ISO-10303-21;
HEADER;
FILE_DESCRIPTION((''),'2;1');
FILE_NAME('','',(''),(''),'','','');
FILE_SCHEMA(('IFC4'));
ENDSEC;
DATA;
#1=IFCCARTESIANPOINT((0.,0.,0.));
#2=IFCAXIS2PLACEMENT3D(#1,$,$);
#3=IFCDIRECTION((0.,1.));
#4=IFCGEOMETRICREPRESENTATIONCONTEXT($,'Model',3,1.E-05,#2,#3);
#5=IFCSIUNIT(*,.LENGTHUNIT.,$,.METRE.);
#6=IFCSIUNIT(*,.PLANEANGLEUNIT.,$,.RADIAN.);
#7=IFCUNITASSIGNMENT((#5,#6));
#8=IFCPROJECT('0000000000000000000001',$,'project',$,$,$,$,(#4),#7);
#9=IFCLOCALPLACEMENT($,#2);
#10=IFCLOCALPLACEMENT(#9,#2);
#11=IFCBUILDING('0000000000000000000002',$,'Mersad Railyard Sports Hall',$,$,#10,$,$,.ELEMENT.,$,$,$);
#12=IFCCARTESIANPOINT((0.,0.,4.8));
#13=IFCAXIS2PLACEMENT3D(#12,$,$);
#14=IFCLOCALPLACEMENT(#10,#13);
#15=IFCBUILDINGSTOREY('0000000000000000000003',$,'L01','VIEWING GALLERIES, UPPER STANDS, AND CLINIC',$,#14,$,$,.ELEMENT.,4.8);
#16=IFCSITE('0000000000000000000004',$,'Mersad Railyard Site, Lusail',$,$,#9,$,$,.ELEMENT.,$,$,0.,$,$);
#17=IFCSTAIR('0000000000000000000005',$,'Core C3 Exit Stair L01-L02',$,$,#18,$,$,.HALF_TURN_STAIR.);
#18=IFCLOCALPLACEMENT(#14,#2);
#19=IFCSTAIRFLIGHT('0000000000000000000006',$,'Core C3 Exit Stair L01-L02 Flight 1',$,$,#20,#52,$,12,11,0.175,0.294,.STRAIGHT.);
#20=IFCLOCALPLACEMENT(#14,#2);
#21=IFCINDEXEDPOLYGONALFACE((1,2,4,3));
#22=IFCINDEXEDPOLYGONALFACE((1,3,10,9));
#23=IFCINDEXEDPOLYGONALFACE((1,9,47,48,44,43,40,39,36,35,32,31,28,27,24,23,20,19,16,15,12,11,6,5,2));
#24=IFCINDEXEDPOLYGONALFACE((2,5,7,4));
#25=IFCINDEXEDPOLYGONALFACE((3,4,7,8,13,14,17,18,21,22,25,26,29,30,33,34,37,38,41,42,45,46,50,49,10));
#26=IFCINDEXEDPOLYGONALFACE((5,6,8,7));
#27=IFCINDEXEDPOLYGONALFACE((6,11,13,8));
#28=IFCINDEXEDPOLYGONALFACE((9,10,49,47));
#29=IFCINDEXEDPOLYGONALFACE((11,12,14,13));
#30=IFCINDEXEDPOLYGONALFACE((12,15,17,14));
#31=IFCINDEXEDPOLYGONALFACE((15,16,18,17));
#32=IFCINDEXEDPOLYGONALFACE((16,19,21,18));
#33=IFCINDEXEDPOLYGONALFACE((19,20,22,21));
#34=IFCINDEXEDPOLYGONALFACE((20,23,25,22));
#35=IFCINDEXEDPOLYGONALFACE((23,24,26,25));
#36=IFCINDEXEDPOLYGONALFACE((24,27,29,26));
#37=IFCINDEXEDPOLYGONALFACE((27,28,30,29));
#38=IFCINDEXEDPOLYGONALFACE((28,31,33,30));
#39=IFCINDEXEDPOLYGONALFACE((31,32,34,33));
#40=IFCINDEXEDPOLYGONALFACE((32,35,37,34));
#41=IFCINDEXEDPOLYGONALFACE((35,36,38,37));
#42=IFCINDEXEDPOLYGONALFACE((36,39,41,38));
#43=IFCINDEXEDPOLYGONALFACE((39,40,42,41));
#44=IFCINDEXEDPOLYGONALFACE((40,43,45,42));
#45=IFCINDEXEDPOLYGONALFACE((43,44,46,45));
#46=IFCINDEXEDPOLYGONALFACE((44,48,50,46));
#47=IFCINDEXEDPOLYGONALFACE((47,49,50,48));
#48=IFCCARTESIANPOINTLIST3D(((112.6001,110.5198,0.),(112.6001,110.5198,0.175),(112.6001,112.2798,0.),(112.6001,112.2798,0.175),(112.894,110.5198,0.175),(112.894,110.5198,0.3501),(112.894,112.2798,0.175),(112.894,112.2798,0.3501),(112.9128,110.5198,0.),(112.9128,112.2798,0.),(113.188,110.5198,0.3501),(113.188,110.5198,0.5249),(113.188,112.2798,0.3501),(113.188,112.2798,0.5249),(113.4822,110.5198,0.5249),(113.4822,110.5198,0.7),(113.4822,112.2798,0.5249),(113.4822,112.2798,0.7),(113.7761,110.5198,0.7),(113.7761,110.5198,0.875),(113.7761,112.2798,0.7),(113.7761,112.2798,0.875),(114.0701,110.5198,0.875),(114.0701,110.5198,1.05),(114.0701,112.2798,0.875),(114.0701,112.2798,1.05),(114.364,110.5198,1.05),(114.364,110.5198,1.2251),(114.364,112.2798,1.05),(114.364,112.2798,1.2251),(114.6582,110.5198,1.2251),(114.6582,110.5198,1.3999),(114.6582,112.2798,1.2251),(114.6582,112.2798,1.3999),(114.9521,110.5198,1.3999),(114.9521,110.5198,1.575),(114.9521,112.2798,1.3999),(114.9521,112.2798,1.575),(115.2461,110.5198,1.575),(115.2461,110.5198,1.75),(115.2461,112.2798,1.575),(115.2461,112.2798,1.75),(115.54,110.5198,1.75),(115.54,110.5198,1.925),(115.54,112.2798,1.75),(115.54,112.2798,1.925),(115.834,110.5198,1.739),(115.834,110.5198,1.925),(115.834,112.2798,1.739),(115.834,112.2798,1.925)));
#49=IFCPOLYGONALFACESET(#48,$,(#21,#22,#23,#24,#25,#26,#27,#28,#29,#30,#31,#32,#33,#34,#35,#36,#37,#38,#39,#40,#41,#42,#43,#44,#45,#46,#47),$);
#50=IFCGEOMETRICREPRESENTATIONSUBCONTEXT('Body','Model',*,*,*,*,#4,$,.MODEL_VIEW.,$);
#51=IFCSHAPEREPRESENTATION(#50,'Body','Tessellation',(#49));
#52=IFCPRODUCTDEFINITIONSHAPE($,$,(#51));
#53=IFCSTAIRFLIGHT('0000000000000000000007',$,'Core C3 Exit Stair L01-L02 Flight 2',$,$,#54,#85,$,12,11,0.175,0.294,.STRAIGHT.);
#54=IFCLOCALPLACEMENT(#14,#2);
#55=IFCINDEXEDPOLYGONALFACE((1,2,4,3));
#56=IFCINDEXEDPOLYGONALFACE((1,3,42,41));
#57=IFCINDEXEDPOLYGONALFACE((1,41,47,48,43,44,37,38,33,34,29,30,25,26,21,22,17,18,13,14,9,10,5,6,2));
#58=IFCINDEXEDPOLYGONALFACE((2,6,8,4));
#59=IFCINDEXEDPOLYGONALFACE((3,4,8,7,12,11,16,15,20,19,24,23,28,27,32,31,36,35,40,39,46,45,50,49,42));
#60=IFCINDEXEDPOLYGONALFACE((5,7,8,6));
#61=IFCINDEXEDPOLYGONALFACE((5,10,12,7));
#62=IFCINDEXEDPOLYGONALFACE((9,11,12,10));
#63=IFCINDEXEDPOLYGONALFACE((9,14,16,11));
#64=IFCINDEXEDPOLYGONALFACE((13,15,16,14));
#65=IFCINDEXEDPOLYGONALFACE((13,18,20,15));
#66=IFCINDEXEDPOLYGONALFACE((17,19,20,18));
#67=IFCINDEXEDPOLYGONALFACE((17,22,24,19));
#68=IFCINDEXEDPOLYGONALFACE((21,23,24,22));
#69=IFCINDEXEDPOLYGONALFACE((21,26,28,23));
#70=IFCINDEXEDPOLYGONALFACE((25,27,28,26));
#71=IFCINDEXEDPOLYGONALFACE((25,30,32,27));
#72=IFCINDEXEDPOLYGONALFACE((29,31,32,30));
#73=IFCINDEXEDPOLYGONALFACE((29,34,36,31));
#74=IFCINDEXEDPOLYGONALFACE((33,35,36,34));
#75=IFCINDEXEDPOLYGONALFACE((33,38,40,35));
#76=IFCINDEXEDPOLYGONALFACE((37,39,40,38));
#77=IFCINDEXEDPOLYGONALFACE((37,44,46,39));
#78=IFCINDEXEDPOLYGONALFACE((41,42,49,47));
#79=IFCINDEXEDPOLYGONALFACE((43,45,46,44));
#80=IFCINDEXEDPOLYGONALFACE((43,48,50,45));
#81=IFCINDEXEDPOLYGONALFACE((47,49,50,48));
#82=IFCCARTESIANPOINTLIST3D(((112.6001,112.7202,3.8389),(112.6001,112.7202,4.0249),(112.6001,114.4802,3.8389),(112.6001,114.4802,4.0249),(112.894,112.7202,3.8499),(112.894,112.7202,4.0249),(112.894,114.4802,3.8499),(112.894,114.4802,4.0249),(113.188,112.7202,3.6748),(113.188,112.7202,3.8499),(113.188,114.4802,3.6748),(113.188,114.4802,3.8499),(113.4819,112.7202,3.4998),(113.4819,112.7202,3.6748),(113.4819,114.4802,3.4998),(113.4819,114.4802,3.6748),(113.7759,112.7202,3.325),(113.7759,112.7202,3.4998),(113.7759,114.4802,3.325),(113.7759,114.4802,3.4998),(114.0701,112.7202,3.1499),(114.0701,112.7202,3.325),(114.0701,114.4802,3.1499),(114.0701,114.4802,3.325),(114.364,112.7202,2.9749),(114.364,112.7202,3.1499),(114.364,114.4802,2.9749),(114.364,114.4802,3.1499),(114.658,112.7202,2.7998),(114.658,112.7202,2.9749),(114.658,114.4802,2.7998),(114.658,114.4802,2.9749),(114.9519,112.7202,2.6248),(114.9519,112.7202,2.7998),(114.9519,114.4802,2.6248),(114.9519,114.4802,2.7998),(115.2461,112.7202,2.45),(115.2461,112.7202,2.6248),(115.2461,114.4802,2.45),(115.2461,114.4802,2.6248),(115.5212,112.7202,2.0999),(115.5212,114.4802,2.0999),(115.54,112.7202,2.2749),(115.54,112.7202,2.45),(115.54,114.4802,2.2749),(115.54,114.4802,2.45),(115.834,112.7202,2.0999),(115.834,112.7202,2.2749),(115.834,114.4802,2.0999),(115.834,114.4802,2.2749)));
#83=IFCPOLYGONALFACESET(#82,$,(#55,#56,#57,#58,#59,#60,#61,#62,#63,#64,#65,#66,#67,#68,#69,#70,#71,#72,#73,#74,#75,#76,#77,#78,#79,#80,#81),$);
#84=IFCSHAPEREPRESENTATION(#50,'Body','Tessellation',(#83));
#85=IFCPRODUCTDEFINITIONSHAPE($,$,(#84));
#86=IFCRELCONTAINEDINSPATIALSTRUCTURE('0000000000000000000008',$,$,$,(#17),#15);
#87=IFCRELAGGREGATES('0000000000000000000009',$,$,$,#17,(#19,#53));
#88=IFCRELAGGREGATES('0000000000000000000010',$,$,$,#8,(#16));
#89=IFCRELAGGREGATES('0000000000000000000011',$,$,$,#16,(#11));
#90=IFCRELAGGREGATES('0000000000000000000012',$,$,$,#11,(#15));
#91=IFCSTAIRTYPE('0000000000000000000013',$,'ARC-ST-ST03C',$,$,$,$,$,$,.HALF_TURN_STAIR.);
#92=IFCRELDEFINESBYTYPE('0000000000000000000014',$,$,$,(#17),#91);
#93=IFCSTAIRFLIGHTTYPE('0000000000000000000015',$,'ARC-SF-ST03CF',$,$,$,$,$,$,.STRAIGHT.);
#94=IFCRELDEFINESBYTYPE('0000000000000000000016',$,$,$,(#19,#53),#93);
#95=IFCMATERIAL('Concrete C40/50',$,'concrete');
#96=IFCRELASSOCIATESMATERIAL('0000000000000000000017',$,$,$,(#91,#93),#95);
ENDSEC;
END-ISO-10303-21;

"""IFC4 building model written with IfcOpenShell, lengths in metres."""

from ifc_helpers import new_model, si_unit, direction, frame, origin, place, context, subcontext, project, spatial, polyline, outline, extrude, material, type_object, element, aggregate, save


model = new_model("IFC4")

# Units and contexts
model_context = context("Model", 3, precision=1e-05, world=origin(), true_north=direction((0.0, 1.0)))
body_context = subcontext(model_context, "Body", "Model", "MODEL_VIEW")
ifc_project = project(units=[si_unit("LENGTHUNIT", "METRE"), si_unit("PLANEANGLEUNIT", "RADIAN")], contexts=[model_context])

# Site, building, storey
site_placement = place(None, origin())
site = spatial("IfcSite", under=ifc_project, at=site_placement, Name="Mersad Railyard Site, Lusail", CompositionType="ELEMENT", RefElevation=0.0)
building_placement = place(site_placement, origin())
building = spatial("IfcBuilding", under=site, at=building_placement, Name="Mersad Railyard Sports Hall", CompositionType="ELEMENT")
storey_placement = place(building_placement, frame((0.0, 0.0, 4.8)))
storey = spatial("IfcBuildingStorey", under=building, at=storey_placement, Name="L01", Description="VIEWING GALLERIES, UPPER STANDS, AND CLINIC", CompositionType="ELEMENT", Elevation=4.8)

# Shared definitions
ifc_material_1 = material(Name="Concrete C40/50", Category="concrete")

# Stair, stair flights
stair_type = type_object("IfcStairType", Name="ARC-ST-ST03C", PredefinedType="HALF_TURN_STAIR", material=ifc_material_1)
stair_placement = place(storey_placement, origin())
stair = element("IfcStair", 1, at=stair_placement, inside=storey, type_object=stair_type, Name="Core C3 Exit Stair L01-L02", PredefinedType="HALF_TURN_STAIR")
stair_flight_type = type_object("IfcStairFlightType", Name="ARC-SF-ST03CF", PredefinedType="STRAIGHT", material=ifc_material_1)
stair_flight_1_placement = place(storey_placement, frame((112.6001, 111.3999, 0.0), z_axis=(0.0, 0.0, 1.0), x_axis=(1.0, 0.0, 0.0)))
stair_flight_1 = element("IfcStairFlight", 2, at=stair_flight_1_placement, type_object=stair_flight_type, Name="Core C3 Exit Stair L01-L02 Flight 1", NumberOfRisers=12, NumberOfTreads=11, PredefinedType="STRAIGHT", RiserHeight=0.175, TreadLength=0.294, context=body_context, shape_type="SweptSolid", body=[
    extrude(outline(polyline([(0.0, 0.0), (0.0, 0.175), (0.2939, 0.175), (0.2939, 0.3501), (0.5879, 0.3501), (0.5879, 0.5249), (0.8821, 0.5249), (0.8821, 0.7), (1.176, 0.7), (1.176, 0.875), (1.47, 0.875), (1.47, 1.05), (1.7639, 1.05), (1.7639, 1.2251), (2.0581, 1.2251), (2.0581, 1.3999), (2.3521, 1.3999), (2.3521, 1.575), (2.646, 1.575), (2.646, 1.75), (2.9399, 1.75), (2.9399, 1.925), (3.2339, 1.925), (3.2339, 2.1001), (3.2339, 1.739), (0.3127, 0.0), (0.0, 0.0)])), frame((0.0, 0.8799, 0.0), z_axis=(0.0, -1.0, 0.0), x_axis=(1.0, 0.0, 0.0)), (0.0, 0.0, 1.0), 1.76),
])
stair_flight_2_placement = place(storey_placement, frame((115.834, 113.6001, 2.0999), z_axis=(0.0, 0.0, 1.0), x_axis=(-1.0, 0.0, 0.0)))
stair_flight_2 = element("IfcStairFlight", 3, at=stair_flight_2_placement, type_object=stair_flight_type, Name="Core C3 Exit Stair L01-L02 Flight 2", NumberOfRisers=12, NumberOfTreads=11, PredefinedType="STRAIGHT", RiserHeight=0.175, TreadLength=0.294, context=body_context, shape_type="SweptSolid", body=[
    extrude(outline(polyline([(0.0, 0.0), (0.0, 0.175), (0.2939, 0.175), (0.2939, 0.3501), (0.5879, 0.3501), (0.5879, 0.5249), (0.8821, 0.5249), (0.8821, 0.7), (1.176, 0.7), (1.176, 0.875), (1.47, 0.875), (1.47, 1.05), (1.7639, 1.05), (1.7639, 1.2251), (2.0581, 1.2251), (2.0581, 1.3999), (2.3521, 1.3999), (2.3521, 1.575), (2.646, 1.575), (2.646, 1.75), (2.9399, 1.75), (2.9399, 1.925), (3.2339, 1.925), (3.2339, 2.1001), (3.2339, 1.739), (0.3127, 0.0), (0.0, 0.0)])), frame((0.0, 0.8799, 0.0), z_axis=(0.0, -1.0, 0.0), x_axis=(1.0, 0.0, 0.0)), (0.0, 0.0, 1.0), 1.76),
])
aggregate(stair, [stair_flight_1, stair_flight_2])

save(model, "model.ifc")
